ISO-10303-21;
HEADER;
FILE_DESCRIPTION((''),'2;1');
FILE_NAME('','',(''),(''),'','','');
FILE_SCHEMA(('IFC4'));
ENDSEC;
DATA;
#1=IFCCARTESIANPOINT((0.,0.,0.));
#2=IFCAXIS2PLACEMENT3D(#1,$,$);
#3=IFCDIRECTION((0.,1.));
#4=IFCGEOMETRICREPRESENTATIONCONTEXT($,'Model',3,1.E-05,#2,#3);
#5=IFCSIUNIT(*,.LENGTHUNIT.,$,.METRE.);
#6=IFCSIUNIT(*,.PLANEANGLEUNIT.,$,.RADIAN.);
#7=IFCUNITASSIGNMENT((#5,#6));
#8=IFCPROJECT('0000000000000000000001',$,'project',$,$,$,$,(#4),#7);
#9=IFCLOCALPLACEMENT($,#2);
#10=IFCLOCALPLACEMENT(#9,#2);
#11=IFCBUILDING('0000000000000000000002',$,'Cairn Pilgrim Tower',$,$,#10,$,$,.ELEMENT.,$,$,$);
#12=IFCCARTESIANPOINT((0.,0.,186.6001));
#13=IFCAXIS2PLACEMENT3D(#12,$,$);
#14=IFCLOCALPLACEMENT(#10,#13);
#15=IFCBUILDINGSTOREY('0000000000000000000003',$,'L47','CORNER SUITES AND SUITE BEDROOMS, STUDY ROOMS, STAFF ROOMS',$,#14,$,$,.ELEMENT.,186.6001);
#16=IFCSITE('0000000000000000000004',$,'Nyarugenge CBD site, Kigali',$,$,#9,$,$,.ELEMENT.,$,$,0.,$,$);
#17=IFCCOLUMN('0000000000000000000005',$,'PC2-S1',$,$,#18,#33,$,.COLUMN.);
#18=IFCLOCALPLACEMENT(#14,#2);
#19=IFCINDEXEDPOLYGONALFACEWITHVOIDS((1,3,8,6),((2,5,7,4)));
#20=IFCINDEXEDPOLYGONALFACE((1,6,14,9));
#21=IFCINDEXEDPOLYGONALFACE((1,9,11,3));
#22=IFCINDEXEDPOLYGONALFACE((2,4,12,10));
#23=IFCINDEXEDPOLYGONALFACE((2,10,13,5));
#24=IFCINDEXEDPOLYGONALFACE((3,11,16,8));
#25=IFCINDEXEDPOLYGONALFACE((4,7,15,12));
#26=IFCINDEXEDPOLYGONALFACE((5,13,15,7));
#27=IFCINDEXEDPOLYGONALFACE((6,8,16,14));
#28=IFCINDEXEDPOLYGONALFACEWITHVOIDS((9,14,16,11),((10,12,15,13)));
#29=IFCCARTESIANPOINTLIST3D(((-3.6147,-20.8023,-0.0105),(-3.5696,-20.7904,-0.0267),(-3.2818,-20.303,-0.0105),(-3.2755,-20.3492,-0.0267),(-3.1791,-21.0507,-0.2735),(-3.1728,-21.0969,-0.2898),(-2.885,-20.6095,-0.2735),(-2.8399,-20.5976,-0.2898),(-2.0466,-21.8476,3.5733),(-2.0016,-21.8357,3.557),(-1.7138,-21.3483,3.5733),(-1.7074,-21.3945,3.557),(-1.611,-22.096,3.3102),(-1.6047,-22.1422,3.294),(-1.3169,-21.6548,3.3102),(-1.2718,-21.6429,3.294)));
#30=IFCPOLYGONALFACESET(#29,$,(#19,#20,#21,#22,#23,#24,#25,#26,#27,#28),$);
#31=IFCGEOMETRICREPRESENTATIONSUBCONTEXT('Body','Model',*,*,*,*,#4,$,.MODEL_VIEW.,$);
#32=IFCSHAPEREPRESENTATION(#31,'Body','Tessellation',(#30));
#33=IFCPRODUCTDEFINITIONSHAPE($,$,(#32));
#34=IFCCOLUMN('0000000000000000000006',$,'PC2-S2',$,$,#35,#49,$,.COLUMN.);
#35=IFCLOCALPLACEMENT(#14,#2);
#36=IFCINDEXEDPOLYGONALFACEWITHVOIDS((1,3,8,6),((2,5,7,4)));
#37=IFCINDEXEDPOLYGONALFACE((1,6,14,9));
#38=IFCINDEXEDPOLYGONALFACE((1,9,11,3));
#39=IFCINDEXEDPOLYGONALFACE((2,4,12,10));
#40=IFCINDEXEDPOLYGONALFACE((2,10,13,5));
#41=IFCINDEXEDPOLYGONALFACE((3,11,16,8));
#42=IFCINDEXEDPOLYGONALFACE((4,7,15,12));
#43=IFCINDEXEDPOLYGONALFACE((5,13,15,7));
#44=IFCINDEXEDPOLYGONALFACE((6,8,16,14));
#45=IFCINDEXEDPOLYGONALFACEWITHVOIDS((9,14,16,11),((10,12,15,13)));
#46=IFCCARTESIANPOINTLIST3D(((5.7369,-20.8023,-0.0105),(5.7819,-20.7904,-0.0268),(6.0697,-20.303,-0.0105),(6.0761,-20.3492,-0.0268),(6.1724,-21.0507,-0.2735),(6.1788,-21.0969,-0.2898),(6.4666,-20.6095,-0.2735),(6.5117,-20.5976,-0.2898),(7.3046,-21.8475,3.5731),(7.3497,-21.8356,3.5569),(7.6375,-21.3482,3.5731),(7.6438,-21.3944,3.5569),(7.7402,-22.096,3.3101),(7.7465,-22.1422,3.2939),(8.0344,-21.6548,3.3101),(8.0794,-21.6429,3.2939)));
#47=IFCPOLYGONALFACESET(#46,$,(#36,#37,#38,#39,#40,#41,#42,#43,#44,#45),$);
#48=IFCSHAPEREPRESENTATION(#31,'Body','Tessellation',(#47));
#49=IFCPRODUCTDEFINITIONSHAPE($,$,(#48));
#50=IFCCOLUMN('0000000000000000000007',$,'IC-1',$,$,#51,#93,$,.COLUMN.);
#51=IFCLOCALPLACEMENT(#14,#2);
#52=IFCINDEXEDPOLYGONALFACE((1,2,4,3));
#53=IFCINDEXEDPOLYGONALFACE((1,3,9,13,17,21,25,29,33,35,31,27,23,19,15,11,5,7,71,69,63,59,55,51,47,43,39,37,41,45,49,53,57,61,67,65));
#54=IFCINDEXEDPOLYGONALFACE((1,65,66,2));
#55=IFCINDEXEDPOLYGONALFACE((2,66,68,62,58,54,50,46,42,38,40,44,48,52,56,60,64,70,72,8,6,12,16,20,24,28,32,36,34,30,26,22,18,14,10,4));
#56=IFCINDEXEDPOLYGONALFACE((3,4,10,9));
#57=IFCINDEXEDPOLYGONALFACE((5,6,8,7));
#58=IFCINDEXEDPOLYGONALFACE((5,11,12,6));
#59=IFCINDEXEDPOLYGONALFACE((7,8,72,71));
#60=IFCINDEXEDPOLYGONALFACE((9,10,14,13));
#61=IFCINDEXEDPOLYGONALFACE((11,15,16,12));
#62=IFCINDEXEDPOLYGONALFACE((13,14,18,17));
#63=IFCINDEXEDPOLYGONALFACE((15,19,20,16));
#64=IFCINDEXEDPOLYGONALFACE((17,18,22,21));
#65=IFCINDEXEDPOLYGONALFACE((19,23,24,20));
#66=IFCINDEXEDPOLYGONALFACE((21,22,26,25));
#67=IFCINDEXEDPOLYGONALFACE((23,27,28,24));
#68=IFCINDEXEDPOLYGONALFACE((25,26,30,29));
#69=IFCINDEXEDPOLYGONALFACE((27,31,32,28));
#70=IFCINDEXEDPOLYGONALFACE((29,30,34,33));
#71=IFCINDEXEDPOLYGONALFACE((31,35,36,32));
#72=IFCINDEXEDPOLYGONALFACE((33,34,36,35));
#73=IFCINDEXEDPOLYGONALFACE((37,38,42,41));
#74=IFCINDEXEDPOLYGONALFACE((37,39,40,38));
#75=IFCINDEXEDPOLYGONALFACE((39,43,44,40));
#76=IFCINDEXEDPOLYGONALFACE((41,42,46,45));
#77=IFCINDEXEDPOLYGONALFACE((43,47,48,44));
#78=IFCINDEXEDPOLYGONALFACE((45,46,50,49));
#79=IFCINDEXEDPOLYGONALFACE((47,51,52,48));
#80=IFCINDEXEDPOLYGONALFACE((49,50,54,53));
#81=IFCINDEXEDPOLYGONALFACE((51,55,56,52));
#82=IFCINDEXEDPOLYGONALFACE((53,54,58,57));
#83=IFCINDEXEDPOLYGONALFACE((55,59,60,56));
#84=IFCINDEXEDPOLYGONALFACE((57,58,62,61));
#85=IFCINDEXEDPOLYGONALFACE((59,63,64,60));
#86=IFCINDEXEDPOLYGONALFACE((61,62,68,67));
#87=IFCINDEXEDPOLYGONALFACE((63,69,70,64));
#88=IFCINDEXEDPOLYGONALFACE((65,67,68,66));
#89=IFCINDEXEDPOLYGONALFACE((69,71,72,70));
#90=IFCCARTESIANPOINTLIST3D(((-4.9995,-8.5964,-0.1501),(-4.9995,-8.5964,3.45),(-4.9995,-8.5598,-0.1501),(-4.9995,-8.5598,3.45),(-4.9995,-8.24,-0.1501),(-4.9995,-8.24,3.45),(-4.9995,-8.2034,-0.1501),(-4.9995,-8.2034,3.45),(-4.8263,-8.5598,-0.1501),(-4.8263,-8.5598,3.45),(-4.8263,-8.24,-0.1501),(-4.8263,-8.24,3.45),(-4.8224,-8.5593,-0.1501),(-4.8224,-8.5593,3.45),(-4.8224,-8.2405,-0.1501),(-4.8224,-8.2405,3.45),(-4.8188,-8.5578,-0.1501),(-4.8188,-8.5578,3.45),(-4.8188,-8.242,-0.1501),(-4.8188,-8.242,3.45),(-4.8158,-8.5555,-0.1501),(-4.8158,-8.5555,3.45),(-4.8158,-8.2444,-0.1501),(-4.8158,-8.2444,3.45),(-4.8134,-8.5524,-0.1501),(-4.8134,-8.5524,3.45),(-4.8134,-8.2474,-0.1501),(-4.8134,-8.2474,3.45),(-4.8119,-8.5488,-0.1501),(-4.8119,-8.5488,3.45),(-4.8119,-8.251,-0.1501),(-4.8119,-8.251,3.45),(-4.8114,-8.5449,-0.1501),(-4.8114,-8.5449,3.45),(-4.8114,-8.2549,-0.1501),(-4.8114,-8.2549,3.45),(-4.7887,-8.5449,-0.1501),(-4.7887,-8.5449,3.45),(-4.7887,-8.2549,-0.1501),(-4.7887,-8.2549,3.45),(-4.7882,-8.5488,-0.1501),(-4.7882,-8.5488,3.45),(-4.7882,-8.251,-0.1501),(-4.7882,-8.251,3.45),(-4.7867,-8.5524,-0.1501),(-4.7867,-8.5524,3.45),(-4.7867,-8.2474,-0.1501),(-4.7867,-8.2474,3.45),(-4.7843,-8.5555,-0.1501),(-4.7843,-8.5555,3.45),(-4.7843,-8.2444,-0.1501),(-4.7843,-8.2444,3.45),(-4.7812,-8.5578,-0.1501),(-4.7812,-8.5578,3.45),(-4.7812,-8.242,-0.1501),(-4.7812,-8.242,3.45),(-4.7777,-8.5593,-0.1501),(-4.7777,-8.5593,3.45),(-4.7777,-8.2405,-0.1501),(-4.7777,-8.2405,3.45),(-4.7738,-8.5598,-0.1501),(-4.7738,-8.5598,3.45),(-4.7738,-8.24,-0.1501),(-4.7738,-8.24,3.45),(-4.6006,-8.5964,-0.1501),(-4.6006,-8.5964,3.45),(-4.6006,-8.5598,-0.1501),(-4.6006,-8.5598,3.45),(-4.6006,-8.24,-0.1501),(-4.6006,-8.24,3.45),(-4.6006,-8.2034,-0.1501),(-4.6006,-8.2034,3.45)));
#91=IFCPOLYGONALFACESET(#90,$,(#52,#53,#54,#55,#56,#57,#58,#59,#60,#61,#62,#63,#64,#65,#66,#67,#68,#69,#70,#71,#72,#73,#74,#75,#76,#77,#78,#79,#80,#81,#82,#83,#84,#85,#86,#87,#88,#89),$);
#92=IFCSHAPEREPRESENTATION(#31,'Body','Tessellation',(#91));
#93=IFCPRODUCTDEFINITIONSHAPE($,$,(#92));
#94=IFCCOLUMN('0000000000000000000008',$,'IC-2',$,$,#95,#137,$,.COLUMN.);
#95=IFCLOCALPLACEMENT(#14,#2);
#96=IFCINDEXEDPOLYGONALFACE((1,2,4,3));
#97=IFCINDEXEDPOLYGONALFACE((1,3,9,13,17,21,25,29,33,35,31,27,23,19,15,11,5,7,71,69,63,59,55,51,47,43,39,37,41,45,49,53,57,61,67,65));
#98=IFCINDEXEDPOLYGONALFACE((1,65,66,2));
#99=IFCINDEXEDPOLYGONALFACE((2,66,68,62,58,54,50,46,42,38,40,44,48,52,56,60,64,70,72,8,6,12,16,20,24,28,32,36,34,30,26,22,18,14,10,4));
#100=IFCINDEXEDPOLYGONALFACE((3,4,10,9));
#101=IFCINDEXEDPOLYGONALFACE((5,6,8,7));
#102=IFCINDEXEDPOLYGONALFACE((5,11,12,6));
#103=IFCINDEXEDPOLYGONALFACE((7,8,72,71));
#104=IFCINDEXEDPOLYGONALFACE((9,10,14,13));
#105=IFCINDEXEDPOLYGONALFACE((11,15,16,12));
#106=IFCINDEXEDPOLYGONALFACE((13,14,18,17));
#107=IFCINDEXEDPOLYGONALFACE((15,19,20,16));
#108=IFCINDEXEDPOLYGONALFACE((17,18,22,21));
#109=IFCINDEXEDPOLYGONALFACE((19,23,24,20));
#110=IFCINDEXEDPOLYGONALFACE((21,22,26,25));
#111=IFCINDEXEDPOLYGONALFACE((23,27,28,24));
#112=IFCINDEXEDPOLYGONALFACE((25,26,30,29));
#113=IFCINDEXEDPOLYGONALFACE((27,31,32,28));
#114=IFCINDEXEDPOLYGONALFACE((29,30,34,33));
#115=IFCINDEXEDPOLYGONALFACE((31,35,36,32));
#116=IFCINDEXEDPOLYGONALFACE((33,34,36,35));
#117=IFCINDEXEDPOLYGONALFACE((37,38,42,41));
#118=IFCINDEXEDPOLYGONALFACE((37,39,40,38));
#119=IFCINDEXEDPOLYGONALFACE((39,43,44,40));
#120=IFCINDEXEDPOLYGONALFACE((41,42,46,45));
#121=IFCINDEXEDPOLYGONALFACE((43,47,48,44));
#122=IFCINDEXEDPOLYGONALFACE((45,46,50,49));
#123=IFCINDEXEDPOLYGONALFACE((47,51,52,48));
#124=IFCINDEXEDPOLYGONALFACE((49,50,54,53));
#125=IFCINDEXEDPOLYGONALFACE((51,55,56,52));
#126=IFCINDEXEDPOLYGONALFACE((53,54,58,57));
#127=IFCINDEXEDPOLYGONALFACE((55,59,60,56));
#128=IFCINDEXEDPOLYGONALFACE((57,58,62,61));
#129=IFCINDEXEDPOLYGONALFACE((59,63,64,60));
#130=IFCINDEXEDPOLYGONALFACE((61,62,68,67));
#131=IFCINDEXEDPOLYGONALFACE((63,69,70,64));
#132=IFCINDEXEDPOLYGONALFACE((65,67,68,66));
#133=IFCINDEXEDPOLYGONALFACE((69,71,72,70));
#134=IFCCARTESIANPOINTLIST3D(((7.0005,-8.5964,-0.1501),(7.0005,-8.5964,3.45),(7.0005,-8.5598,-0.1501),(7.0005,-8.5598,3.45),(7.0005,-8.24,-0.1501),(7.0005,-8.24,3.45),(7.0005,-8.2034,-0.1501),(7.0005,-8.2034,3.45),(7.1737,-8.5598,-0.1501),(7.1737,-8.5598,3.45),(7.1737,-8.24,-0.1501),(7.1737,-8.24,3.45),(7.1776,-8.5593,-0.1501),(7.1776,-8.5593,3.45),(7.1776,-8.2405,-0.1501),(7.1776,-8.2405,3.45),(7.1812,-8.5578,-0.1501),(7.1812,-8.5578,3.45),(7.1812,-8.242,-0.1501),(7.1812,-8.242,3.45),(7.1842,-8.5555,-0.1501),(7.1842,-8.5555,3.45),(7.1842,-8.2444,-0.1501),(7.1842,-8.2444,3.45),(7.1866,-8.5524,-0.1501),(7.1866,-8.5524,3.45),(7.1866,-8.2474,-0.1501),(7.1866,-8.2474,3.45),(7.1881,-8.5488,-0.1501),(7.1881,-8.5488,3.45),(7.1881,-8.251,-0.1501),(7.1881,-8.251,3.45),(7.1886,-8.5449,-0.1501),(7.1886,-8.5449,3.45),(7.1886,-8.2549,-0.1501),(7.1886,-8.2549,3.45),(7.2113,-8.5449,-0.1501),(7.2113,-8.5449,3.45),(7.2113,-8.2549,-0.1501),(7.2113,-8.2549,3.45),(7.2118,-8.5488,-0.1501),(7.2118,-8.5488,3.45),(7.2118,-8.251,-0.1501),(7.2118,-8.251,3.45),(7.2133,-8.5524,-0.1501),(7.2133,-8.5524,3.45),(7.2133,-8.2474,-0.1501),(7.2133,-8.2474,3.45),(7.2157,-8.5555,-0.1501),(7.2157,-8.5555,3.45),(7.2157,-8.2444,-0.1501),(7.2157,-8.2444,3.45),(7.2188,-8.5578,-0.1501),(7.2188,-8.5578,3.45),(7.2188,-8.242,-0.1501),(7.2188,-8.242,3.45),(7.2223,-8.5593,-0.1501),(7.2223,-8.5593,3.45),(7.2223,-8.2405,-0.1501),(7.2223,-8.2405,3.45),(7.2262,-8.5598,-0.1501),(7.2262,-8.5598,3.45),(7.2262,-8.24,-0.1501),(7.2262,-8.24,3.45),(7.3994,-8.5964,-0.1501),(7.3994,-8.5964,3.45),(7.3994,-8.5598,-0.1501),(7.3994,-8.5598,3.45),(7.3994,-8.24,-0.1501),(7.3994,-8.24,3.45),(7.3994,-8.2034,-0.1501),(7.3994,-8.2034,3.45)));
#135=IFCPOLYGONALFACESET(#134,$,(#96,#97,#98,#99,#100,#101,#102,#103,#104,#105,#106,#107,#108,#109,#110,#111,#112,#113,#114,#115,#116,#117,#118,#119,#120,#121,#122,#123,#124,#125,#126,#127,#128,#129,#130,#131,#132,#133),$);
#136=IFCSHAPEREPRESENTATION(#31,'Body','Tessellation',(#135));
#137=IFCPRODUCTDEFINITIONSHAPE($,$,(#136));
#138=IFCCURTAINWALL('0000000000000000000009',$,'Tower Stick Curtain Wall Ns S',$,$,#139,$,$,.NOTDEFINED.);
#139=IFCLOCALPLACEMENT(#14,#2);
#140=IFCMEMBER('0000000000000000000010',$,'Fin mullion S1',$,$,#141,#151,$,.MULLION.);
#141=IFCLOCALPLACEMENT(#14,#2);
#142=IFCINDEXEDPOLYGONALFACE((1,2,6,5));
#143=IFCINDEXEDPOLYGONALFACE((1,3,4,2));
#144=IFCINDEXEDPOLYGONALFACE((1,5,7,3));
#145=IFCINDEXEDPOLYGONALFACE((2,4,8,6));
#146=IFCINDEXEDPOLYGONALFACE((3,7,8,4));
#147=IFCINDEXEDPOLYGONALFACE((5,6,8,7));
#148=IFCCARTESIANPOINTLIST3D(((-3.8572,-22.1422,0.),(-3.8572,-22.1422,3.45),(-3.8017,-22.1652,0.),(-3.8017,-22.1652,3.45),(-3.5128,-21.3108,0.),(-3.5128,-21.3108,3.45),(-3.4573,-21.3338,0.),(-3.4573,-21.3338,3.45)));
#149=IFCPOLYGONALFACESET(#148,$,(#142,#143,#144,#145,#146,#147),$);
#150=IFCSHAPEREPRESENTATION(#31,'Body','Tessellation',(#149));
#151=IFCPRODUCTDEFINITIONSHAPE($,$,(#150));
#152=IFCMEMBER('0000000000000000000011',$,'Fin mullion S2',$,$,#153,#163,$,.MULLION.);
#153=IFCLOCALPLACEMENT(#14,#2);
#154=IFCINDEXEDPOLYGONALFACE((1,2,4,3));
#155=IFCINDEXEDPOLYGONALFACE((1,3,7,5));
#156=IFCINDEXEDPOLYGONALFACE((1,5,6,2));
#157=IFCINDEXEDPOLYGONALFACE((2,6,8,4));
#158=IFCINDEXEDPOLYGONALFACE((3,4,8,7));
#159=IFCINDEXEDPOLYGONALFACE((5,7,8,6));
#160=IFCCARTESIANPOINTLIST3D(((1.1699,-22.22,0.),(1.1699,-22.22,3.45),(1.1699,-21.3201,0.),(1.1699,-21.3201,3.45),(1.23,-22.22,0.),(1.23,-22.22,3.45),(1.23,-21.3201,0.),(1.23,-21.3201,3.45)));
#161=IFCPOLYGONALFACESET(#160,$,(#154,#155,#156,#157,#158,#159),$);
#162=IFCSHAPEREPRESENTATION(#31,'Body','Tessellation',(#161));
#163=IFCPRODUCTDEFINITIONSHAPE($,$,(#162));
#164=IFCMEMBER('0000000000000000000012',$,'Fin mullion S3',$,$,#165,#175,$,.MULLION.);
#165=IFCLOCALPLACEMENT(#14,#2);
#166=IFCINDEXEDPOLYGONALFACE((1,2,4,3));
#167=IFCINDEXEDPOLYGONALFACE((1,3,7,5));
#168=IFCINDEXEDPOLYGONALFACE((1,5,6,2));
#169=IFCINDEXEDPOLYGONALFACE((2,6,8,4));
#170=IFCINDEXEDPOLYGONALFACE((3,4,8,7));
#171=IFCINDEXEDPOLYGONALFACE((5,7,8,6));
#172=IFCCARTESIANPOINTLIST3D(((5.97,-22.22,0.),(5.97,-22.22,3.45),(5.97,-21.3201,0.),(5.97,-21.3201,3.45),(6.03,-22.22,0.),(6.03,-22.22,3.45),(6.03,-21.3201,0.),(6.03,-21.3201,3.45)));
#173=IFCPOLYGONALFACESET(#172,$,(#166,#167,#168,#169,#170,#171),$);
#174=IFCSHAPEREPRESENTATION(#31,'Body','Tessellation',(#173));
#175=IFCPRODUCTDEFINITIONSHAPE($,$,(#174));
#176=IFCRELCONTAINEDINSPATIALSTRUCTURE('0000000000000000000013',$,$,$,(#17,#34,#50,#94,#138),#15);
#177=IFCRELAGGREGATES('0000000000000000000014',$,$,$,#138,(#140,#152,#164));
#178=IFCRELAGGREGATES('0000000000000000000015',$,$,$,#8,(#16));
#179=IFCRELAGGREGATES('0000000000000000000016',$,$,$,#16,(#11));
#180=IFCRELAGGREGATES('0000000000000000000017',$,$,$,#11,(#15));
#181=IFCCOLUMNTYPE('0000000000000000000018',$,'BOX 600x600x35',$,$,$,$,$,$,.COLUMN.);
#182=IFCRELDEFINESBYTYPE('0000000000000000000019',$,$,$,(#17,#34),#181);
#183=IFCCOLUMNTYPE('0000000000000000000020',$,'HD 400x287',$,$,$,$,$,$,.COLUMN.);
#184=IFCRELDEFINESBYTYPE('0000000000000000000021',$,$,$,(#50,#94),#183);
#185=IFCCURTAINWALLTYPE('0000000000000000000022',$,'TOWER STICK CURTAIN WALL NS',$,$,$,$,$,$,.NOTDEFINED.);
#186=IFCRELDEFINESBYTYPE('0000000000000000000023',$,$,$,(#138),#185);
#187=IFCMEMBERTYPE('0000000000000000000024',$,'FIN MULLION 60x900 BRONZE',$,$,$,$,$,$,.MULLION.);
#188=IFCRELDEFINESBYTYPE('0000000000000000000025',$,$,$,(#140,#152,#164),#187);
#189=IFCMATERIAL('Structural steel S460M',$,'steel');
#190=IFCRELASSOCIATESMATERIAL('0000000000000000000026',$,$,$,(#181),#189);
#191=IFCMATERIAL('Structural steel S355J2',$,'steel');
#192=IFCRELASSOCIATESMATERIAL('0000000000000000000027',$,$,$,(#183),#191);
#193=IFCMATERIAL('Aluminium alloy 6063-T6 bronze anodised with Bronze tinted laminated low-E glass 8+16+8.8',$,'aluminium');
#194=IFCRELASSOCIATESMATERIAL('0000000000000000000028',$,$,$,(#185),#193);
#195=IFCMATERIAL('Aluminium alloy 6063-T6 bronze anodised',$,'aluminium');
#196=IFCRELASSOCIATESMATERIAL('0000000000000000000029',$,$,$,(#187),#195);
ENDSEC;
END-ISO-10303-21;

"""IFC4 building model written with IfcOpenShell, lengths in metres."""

from ifc_helpers import new_model, si_unit, direction, frame, origin, origin_2d, place, context, subcontext, project, spatial, rectangle, hollow_rectangle, i_section, extrude, clip, halfspace, material, material_profile, profile_set, type_object, element, aggregate, save


model = new_model("IFC4")

# Units and contexts
model_context = context("Model", 3, precision=1e-05, world=origin(), true_north=direction((0.0, 1.0)))
body_context = subcontext(model_context, "Body", "Model", "MODEL_VIEW")
ifc_project = project(units=[si_unit("LENGTHUNIT", "METRE"), si_unit("PLANEANGLEUNIT", "RADIAN")], contexts=[model_context])

# Site, building, storey
site_placement = place(None, origin())
site = spatial("IfcSite", under=ifc_project, at=site_placement, Name="Nyarugenge CBD site, Kigali", CompositionType="ELEMENT", RefElevation=0.0)
building_placement = place(site_placement, origin())
building = spatial("IfcBuilding", under=site, at=building_placement, Name="Cairn Pilgrim Tower", CompositionType="ELEMENT")
storey_placement = place(building_placement, frame((0.0, 0.0, 186.6001)))
storey = spatial("IfcBuildingStorey", under=building, at=storey_placement, Name="L47", Description="CORNER SUITES AND SUITE BEDROOMS, STUDY ROOMS, STAFF ROOMS", CompositionType="ELEMENT", Elevation=186.6001)

# Columns
ifc_material_1 = material(Name="Structural steel S460M", Category="steel")
ifc_material_profile_1 = material_profile(ifc_material_1, hollow_rectangle(XDim=0.6001, YDim=0.6001, WallThickness=0.0349, at=origin_2d()), Name="BOX 600x600x35")
ifc_profile_set_1 = profile_set([ifc_material_profile_1], Name="Structural steel S460M")
column_type_1 = type_object("IfcColumnType", Name="BOX 600x600x35", PredefinedType="COLUMN", material=ifc_profile_set_1)
column_1_placement = place(storey_placement, frame((-3.2273, -20.7, -0.1501), z_axis=(0.387264, -0.258156, 0.885089), x_axis=(0.55467, 0.83207, 0.0)))
element("IfcColumn", 1, at=column_1_placement, inside=storey, type_object=column_type_1, Name="PC2-S1", PredefinedType="COLUMN", context=body_context, shape_type="Clipping", body=[
    clip(extrude(hollow_rectangle(XDim=0.6001, YDim=0.6001, WallThickness=0.0349, at=origin_2d()), origin(), (0.0, 0.0, 1.0), 4.0674), halfspace(frame((0.0, 0.0, 4.0491), z_axis=(0.0, 0.0, 1.0), x_axis=(1.0, 0.0, 0.0)), False)),
])
column_2_placement = place(storey_placement, frame((6.1243, -20.7, -0.1501), z_axis=(0.387213, -0.258162, 0.885109), x_axis=(0.55473, 0.83203, 0.0)))
element("IfcColumn", 2, at=column_2_placement, inside=storey, type_object=column_type_1, Name="PC2-S2", PredefinedType="COLUMN", context=body_context, shape_type="Clipping", body=[
    clip(extrude(hollow_rectangle(XDim=0.6001, YDim=0.6001, WallThickness=0.0349, at=origin_2d()), origin(), (0.0, 0.0, 1.0), 4.0674), halfspace(frame((0.0, 0.0, 4.0488), z_axis=(0.0, 0.0, 1.0), x_axis=(1.0, 0.0, 0.0)), False)),
])
ifc_material_2 = material(Name="Structural steel S355J2", Category="steel")
ifc_material_profile_2 = material_profile(ifc_material_2, i_section(OverallWidth=0.3989, OverallDepth=0.3931, WebThickness=0.0227, FlangeThickness=0.0366, FilletRadius=0.0149, at=origin_2d()), Name="HD 400x287")
ifc_profile_set_2 = profile_set([ifc_material_profile_2], Name="Structural steel S355J2")
column_type_2 = type_object("IfcColumnType", Name="HD 400x287", PredefinedType="COLUMN", material=ifc_profile_set_2)
for number, where, z_axis, x_axis, name in (
    (3, (-4.8, -8.3999, -0.1501), (0.0, 0.0, 1.0), (1.0, 0.0, 0.0), "IC-1"),
    (4, (7.2, -8.3999, -0.1501), (0.0, 0.0, 1.0), (1.0, 0.0, 0.0), "IC-2"),
):
    element("IfcColumn", number, at=place(storey_placement, frame(where, z_axis=z_axis, x_axis=x_axis)), inside=storey, type_object=column_type_2, Name=name, PredefinedType="COLUMN", context=body_context, shape_type="SweptSolid", body=[
        extrude(i_section(OverallWidth=0.3989, OverallDepth=0.3931, WebThickness=0.0227, FlangeThickness=0.0366, FilletRadius=0.0149, at=origin_2d()), origin(), (0.0, 0.0, 1.0), 3.6001),
    ])

# Curtain wall, members
ifc_material_3 = material(Name="Aluminium alloy 6063-T6 bronze anodised with Bronze tinted laminated low-E glass 8+16+8.8", Category="aluminium")
curtain_wall_type = type_object("IfcCurtainWallType", Name="TOWER STICK CURTAIN WALL NS", PredefinedType="NOTDEFINED", material=ifc_material_3)
curtain_wall_placement = place(storey_placement, origin())
curtain_wall = element("IfcCurtainWall", 5, at=curtain_wall_placement, inside=storey, type_object=curtain_wall_type, Name="Tower Stick Curtain Wall Ns S", PredefinedType="NOTDEFINED")
ifc_material_4 = material(Name="Aluminium alloy 6063-T6 bronze anodised", Category="aluminium")
ifc_material_profile_3 = material_profile(ifc_material_4, rectangle(XDim=0.8999, YDim=0.0601, at=origin_2d()), Name="FIN MULLION 60x900 BRONZE")
ifc_profile_set_3 = profile_set([ifc_material_profile_3], Name="Aluminium alloy 6063-T6 bronze anodised")
member_type_1 = type_object("IfcMemberType", Name="FIN MULLION 60x900 BRONZE", PredefinedType="MULLION", material=ifc_profile_set_3)
member_1_placement = place(storey_placement, frame((-3.6572, -21.738, 0.0), z_axis=(0.0, 0.0, 1.0), x_axis=(-0.382683, -0.92388, 0.0)))
member_1 = element("IfcMember", 6, at=member_1_placement, type_object=member_type_1, Name="Fin mullion S1", PredefinedType="MULLION", context=body_context, shape_type="SweptSolid", body=[
    extrude(rectangle(XDim=0.8999, YDim=0.0601, at=origin_2d()), origin(), (0.0, 0.0, 1.0), 3.45),
])
member_2_placement = place(storey_placement, frame((1.2, -21.77, 0.0), z_axis=(0.0, 0.0, 1.0), x_axis=(0.0, -1.0, 0.0)))
member_2 = element("IfcMember", 7, at=member_2_placement, type_object=member_type_1, Name="Fin mullion S2", PredefinedType="MULLION", context=body_context, shape_type="SweptSolid", body=[
    extrude(rectangle(XDim=0.8999, YDim=0.0601, at=origin_2d()), origin(), (0.0, 0.0, 1.0), 3.45),
])
member_3_placement = place(storey_placement, frame((6.0, -21.77, 0.0), z_axis=(0.0, 0.0, 1.0), x_axis=(0.0, -1.0, 0.0)))
member_3 = element("IfcMember", 8, at=member_3_placement, type_object=member_type_1, Name="Fin mullion S3", PredefinedType="MULLION", context=body_context, shape_type="SweptSolid", body=[
    extrude(rectangle(XDim=0.8999, YDim=0.0601, at=origin_2d()), origin(), (0.0, 0.0, 1.0), 3.45),
])

aggregate(curtain_wall, [member_1, member_2, member_3])

save(model, "model.ifc")
